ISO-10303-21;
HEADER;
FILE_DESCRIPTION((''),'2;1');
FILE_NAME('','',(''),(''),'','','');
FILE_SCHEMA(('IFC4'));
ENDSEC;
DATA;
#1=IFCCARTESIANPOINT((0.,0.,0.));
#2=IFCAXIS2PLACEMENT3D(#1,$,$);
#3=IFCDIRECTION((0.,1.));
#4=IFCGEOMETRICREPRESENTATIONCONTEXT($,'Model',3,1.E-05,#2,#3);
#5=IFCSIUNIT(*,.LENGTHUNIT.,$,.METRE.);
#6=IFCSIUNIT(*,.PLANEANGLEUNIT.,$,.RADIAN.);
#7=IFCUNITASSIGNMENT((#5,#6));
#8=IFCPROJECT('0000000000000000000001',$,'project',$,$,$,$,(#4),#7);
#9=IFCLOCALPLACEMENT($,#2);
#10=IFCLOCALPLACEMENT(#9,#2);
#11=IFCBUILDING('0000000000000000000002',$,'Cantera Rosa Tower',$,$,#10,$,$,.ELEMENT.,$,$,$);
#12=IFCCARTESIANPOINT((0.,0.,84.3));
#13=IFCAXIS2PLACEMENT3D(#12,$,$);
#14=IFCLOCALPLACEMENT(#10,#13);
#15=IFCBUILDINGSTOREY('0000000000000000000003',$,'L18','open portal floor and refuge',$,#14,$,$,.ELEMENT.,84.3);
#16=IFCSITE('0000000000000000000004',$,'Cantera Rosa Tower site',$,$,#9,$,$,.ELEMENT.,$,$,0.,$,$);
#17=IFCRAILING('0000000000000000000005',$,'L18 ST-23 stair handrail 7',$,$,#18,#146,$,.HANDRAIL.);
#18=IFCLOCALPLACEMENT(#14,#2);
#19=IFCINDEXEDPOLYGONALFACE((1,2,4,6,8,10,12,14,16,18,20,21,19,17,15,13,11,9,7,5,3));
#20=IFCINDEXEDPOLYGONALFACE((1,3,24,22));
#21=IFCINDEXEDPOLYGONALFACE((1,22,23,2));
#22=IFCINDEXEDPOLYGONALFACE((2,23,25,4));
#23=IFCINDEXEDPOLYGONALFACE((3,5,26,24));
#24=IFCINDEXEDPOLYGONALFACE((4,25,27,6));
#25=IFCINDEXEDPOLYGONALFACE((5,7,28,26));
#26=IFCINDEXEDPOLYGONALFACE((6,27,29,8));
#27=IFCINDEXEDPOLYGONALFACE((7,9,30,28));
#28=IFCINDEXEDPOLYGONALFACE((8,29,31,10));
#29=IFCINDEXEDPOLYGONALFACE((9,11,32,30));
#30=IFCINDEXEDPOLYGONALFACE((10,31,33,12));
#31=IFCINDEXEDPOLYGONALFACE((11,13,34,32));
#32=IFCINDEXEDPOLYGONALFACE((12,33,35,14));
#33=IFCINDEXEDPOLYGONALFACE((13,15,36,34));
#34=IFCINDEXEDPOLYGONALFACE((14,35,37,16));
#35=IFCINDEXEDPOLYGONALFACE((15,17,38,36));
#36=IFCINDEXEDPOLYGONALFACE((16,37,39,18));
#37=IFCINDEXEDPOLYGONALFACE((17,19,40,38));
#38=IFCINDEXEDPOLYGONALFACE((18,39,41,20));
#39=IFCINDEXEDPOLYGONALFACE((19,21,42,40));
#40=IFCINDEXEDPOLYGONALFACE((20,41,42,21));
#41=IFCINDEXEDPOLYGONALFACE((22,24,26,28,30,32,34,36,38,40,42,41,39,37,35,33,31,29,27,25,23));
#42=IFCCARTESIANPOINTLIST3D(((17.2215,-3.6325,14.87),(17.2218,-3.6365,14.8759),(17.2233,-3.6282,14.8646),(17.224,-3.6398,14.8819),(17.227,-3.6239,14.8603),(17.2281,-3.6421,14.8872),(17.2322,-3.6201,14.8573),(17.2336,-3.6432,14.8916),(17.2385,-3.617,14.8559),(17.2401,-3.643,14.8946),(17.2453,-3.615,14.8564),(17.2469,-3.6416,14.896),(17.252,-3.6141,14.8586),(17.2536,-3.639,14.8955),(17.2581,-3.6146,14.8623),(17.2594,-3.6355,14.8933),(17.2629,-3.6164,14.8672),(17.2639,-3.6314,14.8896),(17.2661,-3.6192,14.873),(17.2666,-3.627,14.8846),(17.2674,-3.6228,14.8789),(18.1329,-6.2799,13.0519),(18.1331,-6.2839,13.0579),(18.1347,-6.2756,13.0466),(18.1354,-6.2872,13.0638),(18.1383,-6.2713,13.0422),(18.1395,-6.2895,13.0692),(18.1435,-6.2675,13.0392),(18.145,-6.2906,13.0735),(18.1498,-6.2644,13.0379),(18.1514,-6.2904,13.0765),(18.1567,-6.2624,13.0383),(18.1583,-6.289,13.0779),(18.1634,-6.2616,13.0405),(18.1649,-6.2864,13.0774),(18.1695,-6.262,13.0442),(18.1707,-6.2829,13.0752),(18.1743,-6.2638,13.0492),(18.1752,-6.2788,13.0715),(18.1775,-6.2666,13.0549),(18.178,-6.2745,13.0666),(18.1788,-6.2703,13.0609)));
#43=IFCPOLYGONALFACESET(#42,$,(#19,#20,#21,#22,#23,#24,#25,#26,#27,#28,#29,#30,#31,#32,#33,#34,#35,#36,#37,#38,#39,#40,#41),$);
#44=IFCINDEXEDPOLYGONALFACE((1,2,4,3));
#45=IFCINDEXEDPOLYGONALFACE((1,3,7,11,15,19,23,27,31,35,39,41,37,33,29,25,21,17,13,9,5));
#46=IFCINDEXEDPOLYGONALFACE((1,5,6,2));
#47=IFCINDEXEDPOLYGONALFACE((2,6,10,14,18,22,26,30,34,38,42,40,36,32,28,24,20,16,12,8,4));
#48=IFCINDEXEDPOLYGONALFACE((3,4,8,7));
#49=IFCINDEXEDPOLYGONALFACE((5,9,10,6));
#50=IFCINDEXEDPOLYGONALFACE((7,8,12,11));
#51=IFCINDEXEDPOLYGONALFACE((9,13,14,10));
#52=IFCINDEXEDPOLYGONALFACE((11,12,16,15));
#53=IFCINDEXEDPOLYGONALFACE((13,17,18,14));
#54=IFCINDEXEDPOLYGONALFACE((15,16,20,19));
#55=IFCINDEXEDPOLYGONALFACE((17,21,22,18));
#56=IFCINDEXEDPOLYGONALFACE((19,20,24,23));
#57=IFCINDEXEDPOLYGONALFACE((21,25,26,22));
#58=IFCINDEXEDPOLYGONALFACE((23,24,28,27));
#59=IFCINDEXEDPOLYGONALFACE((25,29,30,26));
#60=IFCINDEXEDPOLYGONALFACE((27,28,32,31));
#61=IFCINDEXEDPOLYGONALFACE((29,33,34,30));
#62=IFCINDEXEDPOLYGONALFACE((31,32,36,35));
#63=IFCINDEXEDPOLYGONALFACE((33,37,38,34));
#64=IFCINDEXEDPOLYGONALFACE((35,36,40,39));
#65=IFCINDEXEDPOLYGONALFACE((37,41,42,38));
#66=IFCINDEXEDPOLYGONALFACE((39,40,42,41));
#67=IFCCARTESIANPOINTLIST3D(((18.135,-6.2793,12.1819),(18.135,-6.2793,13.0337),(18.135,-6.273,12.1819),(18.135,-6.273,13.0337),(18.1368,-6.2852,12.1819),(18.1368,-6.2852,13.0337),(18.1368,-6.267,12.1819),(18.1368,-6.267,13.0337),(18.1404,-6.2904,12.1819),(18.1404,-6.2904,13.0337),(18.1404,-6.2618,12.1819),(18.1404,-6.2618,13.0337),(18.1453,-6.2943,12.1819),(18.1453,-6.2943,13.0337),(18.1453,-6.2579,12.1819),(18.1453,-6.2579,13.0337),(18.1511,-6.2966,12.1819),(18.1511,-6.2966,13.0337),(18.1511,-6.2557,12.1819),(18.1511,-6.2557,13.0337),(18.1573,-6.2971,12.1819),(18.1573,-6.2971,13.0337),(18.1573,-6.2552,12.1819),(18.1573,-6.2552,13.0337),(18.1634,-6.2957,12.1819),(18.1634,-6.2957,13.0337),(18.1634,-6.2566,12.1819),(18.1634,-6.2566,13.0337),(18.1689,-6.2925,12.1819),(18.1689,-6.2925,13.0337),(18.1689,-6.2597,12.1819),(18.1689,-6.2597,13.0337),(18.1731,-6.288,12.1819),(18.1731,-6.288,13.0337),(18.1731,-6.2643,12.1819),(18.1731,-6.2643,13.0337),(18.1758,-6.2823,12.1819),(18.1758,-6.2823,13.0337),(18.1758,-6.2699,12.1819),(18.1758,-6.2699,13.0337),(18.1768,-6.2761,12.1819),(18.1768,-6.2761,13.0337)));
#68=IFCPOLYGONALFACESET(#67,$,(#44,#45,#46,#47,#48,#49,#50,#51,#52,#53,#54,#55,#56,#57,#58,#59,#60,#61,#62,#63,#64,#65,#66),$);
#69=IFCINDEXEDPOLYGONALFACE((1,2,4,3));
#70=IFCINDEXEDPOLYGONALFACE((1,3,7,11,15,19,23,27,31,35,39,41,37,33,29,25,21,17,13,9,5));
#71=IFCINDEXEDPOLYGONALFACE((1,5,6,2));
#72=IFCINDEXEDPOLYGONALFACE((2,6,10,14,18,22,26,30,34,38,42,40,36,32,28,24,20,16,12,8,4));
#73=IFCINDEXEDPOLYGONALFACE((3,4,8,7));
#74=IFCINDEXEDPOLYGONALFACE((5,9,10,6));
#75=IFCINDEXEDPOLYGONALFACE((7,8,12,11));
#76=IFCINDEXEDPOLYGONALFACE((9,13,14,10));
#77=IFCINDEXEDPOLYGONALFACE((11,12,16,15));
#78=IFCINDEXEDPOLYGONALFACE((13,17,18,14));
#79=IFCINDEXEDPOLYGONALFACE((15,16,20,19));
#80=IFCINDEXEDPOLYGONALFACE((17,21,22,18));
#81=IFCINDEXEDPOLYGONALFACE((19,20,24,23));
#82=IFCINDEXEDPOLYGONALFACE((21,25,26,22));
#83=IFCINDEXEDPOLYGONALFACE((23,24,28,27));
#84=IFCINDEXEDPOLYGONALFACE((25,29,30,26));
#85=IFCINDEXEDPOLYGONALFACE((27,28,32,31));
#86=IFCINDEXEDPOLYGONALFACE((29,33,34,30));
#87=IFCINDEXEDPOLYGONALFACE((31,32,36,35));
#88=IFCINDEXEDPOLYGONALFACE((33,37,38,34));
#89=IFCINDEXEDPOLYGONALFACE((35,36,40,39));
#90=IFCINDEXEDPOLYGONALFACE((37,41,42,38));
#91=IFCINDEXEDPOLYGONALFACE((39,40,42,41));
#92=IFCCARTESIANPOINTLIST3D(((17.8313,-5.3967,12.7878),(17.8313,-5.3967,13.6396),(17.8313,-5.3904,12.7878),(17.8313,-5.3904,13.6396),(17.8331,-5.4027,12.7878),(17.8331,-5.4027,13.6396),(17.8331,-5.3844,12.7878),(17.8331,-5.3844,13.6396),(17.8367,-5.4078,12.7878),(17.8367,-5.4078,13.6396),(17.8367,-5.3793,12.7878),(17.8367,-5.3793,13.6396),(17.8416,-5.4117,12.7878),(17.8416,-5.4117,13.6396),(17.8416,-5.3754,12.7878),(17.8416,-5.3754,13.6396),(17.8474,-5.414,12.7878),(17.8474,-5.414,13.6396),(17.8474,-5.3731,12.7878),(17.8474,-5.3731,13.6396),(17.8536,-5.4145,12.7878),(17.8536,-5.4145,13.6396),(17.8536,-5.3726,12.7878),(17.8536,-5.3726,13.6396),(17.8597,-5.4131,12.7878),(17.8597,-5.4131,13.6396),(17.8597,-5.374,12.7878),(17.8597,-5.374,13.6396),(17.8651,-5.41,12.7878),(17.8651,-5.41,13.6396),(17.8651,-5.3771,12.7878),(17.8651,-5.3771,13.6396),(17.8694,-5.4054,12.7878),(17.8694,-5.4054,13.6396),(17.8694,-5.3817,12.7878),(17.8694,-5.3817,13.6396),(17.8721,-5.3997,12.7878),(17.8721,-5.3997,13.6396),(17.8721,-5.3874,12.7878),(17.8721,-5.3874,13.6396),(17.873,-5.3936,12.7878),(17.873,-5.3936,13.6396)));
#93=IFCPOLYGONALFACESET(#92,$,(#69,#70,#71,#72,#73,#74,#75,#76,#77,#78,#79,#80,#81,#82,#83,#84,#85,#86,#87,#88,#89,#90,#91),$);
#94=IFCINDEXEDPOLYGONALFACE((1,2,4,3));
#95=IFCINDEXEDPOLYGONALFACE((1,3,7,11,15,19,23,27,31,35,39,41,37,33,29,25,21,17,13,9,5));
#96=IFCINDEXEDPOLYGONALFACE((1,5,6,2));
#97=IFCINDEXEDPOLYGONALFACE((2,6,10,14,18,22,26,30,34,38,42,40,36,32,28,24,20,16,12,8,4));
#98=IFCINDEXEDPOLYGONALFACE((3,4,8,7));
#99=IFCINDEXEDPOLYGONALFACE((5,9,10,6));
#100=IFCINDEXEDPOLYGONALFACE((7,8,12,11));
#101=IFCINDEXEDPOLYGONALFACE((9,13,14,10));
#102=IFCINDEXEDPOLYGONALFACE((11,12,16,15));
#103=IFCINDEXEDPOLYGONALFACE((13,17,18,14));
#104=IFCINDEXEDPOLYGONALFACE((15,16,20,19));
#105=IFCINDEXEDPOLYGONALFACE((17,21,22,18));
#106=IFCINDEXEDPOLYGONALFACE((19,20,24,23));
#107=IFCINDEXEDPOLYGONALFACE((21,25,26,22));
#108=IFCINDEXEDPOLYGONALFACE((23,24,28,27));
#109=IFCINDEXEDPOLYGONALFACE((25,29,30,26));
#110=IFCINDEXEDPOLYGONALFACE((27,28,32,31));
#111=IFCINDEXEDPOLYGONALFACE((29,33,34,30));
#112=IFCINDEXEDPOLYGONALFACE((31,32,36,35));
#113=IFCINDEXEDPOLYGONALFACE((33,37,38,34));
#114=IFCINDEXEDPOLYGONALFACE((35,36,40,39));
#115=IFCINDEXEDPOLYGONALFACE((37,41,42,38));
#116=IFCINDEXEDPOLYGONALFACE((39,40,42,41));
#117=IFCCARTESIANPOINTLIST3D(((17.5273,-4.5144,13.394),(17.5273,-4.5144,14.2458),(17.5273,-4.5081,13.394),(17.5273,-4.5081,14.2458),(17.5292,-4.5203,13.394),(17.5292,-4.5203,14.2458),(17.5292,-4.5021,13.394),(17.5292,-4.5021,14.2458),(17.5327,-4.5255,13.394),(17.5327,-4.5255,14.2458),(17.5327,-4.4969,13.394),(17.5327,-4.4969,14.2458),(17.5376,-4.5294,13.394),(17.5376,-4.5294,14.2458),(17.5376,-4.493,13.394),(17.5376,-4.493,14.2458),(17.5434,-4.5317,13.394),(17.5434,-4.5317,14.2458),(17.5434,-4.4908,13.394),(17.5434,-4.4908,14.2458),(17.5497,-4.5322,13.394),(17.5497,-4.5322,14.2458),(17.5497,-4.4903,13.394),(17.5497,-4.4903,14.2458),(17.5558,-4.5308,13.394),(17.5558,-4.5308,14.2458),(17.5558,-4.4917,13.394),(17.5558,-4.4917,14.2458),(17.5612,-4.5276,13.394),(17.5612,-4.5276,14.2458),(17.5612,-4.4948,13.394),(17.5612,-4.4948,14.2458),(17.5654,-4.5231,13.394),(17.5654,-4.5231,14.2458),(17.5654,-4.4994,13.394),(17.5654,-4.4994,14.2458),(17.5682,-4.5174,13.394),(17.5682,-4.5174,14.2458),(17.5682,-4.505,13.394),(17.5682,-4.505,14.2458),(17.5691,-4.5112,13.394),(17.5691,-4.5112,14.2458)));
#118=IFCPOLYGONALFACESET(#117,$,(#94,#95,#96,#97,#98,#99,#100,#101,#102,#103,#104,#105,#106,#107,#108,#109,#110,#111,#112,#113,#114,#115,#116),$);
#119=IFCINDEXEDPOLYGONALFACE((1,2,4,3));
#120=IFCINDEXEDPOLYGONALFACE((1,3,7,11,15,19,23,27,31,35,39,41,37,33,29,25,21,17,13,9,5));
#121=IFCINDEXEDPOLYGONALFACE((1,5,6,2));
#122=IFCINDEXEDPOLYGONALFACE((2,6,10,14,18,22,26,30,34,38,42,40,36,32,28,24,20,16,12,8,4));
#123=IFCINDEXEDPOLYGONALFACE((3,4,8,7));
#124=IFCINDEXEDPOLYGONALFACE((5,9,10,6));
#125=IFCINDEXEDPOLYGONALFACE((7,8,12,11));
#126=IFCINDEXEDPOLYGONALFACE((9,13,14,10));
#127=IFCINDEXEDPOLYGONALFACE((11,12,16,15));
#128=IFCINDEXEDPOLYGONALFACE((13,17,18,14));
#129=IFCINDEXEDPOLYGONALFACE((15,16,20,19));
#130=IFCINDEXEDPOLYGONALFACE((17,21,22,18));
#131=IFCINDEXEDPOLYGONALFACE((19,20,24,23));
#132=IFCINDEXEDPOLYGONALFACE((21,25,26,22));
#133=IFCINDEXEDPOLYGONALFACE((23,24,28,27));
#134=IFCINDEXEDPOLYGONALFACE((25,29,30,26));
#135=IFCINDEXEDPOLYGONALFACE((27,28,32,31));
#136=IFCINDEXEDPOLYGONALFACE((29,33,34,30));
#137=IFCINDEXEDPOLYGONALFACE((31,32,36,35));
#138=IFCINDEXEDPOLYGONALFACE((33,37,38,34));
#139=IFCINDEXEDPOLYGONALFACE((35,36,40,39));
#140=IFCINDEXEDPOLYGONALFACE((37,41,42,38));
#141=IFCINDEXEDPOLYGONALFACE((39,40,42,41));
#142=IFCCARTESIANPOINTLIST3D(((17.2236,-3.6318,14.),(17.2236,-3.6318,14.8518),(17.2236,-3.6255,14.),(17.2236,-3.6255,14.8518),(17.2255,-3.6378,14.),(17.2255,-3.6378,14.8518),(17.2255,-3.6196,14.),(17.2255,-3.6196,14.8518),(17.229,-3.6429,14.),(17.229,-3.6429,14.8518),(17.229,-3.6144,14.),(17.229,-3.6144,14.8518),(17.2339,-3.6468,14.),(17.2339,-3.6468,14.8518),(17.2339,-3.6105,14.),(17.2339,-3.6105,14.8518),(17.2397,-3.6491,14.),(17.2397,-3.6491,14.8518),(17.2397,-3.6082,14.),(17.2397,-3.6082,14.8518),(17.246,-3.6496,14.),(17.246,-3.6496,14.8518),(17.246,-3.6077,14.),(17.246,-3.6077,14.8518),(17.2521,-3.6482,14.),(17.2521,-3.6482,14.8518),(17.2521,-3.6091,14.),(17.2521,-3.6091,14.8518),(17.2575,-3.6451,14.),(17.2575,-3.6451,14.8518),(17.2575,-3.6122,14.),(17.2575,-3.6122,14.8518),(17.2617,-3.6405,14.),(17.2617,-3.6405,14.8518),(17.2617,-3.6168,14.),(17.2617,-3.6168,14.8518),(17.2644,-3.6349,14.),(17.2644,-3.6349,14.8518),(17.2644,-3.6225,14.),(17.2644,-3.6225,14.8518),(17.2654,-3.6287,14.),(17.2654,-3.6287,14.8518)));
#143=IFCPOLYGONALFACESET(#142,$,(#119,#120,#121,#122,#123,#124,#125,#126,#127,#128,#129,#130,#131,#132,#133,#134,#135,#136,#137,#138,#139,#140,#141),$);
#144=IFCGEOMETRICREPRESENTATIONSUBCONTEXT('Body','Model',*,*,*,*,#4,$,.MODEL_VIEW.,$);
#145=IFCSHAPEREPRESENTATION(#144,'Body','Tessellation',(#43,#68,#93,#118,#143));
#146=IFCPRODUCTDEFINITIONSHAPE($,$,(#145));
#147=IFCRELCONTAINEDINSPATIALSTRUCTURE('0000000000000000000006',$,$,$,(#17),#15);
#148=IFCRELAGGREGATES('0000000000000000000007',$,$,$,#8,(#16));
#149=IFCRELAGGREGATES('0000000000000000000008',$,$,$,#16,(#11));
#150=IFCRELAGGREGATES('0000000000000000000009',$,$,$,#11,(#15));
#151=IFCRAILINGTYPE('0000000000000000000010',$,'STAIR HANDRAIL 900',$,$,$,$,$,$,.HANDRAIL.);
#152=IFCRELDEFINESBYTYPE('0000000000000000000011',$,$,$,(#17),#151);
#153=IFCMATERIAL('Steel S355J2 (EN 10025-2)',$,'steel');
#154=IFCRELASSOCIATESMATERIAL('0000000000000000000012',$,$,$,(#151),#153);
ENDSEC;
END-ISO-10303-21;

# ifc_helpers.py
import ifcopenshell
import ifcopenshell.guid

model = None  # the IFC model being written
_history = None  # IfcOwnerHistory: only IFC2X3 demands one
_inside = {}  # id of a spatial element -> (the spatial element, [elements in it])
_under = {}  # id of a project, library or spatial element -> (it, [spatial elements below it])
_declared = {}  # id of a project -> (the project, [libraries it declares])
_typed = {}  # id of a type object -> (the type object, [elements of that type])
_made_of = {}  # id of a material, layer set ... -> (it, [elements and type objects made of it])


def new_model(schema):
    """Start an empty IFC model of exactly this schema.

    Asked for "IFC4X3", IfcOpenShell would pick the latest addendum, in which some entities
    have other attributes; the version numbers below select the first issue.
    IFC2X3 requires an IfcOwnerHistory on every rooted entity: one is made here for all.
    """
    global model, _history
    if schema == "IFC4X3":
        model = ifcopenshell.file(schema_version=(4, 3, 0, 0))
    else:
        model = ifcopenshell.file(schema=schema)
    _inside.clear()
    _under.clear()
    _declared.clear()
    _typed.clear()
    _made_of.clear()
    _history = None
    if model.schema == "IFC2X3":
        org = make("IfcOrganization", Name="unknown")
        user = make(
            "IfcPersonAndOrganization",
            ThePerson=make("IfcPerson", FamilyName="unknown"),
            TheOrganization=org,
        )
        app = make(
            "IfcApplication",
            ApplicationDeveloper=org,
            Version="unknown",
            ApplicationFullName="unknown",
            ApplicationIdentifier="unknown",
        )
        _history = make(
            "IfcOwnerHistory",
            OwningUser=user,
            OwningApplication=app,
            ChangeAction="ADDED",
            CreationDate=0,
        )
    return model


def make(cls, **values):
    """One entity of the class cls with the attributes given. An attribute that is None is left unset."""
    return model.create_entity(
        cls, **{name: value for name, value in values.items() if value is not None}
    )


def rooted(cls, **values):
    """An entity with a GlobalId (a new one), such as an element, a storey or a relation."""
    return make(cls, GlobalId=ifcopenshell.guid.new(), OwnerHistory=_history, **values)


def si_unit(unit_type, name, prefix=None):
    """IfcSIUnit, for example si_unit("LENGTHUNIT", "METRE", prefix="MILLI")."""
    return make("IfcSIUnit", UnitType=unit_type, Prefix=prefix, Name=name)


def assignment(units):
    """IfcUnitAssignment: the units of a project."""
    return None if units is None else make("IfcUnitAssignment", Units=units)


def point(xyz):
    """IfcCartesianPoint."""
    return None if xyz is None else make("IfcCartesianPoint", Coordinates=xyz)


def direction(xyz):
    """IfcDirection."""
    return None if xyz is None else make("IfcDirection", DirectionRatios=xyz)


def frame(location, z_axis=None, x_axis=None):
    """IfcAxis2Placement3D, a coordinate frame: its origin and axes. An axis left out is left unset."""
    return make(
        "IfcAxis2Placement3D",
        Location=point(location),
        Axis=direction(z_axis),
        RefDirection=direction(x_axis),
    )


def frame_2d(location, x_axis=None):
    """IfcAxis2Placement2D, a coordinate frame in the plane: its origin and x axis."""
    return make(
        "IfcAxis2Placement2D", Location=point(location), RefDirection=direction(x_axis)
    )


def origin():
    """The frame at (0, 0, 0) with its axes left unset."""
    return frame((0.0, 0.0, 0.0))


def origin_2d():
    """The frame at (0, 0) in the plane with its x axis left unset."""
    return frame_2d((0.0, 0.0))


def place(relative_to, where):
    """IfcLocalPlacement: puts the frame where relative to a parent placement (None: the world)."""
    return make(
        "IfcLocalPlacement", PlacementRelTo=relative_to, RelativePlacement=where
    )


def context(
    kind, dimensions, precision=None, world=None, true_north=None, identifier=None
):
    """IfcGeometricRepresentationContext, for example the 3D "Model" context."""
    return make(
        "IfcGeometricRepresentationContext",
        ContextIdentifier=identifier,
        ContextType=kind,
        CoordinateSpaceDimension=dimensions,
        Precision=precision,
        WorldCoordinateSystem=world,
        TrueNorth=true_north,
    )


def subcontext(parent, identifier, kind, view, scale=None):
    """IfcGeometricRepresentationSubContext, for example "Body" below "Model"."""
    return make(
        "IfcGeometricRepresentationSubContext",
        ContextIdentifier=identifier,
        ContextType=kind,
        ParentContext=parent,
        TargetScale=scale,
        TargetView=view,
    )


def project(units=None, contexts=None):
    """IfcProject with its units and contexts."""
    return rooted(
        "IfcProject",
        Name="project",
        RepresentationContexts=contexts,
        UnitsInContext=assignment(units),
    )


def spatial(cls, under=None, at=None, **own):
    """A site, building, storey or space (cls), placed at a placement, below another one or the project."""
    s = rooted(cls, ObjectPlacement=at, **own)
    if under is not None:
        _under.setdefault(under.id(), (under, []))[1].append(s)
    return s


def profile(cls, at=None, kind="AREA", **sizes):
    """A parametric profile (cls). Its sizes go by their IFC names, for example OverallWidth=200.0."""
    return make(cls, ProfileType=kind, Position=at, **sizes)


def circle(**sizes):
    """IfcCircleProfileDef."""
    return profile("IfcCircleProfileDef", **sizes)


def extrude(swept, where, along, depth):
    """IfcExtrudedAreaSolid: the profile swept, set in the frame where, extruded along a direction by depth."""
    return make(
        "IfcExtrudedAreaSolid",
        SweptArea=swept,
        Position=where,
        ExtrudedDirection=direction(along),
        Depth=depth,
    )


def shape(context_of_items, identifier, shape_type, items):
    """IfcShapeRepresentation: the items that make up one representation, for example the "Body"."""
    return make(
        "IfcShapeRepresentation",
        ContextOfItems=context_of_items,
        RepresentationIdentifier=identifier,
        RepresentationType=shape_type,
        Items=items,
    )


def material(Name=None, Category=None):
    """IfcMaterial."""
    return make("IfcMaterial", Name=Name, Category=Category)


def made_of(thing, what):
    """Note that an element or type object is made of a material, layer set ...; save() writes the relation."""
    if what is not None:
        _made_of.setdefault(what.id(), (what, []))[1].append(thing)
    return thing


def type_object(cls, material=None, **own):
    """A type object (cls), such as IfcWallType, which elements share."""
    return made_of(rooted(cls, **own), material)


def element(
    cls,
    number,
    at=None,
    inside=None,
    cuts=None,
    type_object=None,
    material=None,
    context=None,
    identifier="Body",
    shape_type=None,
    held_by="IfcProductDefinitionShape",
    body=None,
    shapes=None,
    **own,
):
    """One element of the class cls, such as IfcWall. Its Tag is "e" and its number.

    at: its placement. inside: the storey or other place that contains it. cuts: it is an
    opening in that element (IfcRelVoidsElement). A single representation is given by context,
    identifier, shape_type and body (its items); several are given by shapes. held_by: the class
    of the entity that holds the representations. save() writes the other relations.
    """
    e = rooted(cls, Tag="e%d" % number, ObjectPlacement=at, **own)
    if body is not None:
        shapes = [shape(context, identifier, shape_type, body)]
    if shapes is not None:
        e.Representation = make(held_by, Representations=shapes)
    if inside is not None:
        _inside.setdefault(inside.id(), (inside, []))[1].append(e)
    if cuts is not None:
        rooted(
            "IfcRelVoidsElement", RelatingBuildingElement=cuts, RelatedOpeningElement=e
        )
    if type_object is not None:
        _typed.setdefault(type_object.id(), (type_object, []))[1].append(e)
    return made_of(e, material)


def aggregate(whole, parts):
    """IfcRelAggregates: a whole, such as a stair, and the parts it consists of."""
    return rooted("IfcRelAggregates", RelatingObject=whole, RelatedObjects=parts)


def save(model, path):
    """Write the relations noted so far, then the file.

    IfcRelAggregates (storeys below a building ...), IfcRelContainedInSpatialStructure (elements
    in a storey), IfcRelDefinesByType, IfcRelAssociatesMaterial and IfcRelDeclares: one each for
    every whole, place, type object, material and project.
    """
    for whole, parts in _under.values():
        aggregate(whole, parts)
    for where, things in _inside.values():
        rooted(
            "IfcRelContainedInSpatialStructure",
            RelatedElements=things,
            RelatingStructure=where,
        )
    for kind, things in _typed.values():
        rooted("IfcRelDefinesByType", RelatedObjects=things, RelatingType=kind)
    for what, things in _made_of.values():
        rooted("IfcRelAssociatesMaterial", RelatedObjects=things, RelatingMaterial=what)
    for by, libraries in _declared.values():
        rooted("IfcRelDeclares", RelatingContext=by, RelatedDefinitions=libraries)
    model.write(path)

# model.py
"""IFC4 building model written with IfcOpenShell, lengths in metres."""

from ifc_helpers import new_model, si_unit, direction, frame, origin, origin_2d, place, context, subcontext, project, spatial, circle, extrude, material, type_object, element, save


model = new_model("IFC4")

# Units and contexts
model_context = context("Model", 3, precision=1e-05, world=origin(), true_north=direction((0.0, 1.0)))
body_context = subcontext(model_context, "Body", "Model", "MODEL_VIEW")
ifc_project = project(units=[si_unit("LENGTHUNIT", "METRE"), si_unit("PLANEANGLEUNIT", "RADIAN")], contexts=[model_context])

# Site, building, storey
site_placement = place(None, origin())
site = spatial("IfcSite", under=ifc_project, at=site_placement, Name="Cantera Rosa Tower site", CompositionType="ELEMENT", RefElevation=0.0)
building_placement = place(site_placement, origin())
building = spatial("IfcBuilding", under=site, at=building_placement, Name="Cantera Rosa Tower", CompositionType="ELEMENT")
storey_placement = place(building_placement, frame((0.0, 0.0, 84.3)))
storey = spatial("IfcBuildingStorey", under=building, at=storey_placement, Name="L18", Description="open portal floor and refuge", CompositionType="ELEMENT", Elevation=84.3)

# Railing
ifc_material_1 = material(Name="Steel S355J2 (EN 10025-2)", Category="steel")
railing_type_1 = type_object("IfcRailingType", Name="STAIR HANDRAIL 900", PredefinedType="HANDRAIL", material=ifc_material_1)
for number, where, name in (
    (1, (18.1558, -6.2761, 12.1819), "L18 ST-23 stair handrail 7"),
):
    element("IfcRailing", number, at=place(storey_placement, frame(where)), inside=storey, type_object=railing_type_1, Name=name, PredefinedType="HANDRAIL", context=body_context, shape_type="SweptSolid", body=[
        extrude(circle(Radius=0.0239, at=origin_2d()), frame((0.0, 0.0, 0.876), z_axis=(-0.272995, 0.793023, 0.5446), x_axis=(-0.945542, -0.325499, 0.0)), (0.0, 0.0, 1.0), 3.3384),
        extrude(circle(Radius=0.021, at=origin_2d()), origin(), (0.0, 0.0, 1.0), 0.8518),
        extrude(circle(Radius=0.021, at=origin_2d()), frame((-0.3037, 0.8826, 0.606)), (0.0, 0.0, 1.0), 0.8518),
        extrude(circle(Radius=0.021, at=origin_2d()), frame((-0.6077, 1.7649, 1.2122)), (0.0, 0.0, 1.0), 0.8518),
        extrude(circle(Radius=0.021, at=origin_2d()), frame((-0.9114, 2.6475, 1.8181)), (0.0, 0.0, 1.0), 0.8518),
    ])

save(model, "model.ifc")
